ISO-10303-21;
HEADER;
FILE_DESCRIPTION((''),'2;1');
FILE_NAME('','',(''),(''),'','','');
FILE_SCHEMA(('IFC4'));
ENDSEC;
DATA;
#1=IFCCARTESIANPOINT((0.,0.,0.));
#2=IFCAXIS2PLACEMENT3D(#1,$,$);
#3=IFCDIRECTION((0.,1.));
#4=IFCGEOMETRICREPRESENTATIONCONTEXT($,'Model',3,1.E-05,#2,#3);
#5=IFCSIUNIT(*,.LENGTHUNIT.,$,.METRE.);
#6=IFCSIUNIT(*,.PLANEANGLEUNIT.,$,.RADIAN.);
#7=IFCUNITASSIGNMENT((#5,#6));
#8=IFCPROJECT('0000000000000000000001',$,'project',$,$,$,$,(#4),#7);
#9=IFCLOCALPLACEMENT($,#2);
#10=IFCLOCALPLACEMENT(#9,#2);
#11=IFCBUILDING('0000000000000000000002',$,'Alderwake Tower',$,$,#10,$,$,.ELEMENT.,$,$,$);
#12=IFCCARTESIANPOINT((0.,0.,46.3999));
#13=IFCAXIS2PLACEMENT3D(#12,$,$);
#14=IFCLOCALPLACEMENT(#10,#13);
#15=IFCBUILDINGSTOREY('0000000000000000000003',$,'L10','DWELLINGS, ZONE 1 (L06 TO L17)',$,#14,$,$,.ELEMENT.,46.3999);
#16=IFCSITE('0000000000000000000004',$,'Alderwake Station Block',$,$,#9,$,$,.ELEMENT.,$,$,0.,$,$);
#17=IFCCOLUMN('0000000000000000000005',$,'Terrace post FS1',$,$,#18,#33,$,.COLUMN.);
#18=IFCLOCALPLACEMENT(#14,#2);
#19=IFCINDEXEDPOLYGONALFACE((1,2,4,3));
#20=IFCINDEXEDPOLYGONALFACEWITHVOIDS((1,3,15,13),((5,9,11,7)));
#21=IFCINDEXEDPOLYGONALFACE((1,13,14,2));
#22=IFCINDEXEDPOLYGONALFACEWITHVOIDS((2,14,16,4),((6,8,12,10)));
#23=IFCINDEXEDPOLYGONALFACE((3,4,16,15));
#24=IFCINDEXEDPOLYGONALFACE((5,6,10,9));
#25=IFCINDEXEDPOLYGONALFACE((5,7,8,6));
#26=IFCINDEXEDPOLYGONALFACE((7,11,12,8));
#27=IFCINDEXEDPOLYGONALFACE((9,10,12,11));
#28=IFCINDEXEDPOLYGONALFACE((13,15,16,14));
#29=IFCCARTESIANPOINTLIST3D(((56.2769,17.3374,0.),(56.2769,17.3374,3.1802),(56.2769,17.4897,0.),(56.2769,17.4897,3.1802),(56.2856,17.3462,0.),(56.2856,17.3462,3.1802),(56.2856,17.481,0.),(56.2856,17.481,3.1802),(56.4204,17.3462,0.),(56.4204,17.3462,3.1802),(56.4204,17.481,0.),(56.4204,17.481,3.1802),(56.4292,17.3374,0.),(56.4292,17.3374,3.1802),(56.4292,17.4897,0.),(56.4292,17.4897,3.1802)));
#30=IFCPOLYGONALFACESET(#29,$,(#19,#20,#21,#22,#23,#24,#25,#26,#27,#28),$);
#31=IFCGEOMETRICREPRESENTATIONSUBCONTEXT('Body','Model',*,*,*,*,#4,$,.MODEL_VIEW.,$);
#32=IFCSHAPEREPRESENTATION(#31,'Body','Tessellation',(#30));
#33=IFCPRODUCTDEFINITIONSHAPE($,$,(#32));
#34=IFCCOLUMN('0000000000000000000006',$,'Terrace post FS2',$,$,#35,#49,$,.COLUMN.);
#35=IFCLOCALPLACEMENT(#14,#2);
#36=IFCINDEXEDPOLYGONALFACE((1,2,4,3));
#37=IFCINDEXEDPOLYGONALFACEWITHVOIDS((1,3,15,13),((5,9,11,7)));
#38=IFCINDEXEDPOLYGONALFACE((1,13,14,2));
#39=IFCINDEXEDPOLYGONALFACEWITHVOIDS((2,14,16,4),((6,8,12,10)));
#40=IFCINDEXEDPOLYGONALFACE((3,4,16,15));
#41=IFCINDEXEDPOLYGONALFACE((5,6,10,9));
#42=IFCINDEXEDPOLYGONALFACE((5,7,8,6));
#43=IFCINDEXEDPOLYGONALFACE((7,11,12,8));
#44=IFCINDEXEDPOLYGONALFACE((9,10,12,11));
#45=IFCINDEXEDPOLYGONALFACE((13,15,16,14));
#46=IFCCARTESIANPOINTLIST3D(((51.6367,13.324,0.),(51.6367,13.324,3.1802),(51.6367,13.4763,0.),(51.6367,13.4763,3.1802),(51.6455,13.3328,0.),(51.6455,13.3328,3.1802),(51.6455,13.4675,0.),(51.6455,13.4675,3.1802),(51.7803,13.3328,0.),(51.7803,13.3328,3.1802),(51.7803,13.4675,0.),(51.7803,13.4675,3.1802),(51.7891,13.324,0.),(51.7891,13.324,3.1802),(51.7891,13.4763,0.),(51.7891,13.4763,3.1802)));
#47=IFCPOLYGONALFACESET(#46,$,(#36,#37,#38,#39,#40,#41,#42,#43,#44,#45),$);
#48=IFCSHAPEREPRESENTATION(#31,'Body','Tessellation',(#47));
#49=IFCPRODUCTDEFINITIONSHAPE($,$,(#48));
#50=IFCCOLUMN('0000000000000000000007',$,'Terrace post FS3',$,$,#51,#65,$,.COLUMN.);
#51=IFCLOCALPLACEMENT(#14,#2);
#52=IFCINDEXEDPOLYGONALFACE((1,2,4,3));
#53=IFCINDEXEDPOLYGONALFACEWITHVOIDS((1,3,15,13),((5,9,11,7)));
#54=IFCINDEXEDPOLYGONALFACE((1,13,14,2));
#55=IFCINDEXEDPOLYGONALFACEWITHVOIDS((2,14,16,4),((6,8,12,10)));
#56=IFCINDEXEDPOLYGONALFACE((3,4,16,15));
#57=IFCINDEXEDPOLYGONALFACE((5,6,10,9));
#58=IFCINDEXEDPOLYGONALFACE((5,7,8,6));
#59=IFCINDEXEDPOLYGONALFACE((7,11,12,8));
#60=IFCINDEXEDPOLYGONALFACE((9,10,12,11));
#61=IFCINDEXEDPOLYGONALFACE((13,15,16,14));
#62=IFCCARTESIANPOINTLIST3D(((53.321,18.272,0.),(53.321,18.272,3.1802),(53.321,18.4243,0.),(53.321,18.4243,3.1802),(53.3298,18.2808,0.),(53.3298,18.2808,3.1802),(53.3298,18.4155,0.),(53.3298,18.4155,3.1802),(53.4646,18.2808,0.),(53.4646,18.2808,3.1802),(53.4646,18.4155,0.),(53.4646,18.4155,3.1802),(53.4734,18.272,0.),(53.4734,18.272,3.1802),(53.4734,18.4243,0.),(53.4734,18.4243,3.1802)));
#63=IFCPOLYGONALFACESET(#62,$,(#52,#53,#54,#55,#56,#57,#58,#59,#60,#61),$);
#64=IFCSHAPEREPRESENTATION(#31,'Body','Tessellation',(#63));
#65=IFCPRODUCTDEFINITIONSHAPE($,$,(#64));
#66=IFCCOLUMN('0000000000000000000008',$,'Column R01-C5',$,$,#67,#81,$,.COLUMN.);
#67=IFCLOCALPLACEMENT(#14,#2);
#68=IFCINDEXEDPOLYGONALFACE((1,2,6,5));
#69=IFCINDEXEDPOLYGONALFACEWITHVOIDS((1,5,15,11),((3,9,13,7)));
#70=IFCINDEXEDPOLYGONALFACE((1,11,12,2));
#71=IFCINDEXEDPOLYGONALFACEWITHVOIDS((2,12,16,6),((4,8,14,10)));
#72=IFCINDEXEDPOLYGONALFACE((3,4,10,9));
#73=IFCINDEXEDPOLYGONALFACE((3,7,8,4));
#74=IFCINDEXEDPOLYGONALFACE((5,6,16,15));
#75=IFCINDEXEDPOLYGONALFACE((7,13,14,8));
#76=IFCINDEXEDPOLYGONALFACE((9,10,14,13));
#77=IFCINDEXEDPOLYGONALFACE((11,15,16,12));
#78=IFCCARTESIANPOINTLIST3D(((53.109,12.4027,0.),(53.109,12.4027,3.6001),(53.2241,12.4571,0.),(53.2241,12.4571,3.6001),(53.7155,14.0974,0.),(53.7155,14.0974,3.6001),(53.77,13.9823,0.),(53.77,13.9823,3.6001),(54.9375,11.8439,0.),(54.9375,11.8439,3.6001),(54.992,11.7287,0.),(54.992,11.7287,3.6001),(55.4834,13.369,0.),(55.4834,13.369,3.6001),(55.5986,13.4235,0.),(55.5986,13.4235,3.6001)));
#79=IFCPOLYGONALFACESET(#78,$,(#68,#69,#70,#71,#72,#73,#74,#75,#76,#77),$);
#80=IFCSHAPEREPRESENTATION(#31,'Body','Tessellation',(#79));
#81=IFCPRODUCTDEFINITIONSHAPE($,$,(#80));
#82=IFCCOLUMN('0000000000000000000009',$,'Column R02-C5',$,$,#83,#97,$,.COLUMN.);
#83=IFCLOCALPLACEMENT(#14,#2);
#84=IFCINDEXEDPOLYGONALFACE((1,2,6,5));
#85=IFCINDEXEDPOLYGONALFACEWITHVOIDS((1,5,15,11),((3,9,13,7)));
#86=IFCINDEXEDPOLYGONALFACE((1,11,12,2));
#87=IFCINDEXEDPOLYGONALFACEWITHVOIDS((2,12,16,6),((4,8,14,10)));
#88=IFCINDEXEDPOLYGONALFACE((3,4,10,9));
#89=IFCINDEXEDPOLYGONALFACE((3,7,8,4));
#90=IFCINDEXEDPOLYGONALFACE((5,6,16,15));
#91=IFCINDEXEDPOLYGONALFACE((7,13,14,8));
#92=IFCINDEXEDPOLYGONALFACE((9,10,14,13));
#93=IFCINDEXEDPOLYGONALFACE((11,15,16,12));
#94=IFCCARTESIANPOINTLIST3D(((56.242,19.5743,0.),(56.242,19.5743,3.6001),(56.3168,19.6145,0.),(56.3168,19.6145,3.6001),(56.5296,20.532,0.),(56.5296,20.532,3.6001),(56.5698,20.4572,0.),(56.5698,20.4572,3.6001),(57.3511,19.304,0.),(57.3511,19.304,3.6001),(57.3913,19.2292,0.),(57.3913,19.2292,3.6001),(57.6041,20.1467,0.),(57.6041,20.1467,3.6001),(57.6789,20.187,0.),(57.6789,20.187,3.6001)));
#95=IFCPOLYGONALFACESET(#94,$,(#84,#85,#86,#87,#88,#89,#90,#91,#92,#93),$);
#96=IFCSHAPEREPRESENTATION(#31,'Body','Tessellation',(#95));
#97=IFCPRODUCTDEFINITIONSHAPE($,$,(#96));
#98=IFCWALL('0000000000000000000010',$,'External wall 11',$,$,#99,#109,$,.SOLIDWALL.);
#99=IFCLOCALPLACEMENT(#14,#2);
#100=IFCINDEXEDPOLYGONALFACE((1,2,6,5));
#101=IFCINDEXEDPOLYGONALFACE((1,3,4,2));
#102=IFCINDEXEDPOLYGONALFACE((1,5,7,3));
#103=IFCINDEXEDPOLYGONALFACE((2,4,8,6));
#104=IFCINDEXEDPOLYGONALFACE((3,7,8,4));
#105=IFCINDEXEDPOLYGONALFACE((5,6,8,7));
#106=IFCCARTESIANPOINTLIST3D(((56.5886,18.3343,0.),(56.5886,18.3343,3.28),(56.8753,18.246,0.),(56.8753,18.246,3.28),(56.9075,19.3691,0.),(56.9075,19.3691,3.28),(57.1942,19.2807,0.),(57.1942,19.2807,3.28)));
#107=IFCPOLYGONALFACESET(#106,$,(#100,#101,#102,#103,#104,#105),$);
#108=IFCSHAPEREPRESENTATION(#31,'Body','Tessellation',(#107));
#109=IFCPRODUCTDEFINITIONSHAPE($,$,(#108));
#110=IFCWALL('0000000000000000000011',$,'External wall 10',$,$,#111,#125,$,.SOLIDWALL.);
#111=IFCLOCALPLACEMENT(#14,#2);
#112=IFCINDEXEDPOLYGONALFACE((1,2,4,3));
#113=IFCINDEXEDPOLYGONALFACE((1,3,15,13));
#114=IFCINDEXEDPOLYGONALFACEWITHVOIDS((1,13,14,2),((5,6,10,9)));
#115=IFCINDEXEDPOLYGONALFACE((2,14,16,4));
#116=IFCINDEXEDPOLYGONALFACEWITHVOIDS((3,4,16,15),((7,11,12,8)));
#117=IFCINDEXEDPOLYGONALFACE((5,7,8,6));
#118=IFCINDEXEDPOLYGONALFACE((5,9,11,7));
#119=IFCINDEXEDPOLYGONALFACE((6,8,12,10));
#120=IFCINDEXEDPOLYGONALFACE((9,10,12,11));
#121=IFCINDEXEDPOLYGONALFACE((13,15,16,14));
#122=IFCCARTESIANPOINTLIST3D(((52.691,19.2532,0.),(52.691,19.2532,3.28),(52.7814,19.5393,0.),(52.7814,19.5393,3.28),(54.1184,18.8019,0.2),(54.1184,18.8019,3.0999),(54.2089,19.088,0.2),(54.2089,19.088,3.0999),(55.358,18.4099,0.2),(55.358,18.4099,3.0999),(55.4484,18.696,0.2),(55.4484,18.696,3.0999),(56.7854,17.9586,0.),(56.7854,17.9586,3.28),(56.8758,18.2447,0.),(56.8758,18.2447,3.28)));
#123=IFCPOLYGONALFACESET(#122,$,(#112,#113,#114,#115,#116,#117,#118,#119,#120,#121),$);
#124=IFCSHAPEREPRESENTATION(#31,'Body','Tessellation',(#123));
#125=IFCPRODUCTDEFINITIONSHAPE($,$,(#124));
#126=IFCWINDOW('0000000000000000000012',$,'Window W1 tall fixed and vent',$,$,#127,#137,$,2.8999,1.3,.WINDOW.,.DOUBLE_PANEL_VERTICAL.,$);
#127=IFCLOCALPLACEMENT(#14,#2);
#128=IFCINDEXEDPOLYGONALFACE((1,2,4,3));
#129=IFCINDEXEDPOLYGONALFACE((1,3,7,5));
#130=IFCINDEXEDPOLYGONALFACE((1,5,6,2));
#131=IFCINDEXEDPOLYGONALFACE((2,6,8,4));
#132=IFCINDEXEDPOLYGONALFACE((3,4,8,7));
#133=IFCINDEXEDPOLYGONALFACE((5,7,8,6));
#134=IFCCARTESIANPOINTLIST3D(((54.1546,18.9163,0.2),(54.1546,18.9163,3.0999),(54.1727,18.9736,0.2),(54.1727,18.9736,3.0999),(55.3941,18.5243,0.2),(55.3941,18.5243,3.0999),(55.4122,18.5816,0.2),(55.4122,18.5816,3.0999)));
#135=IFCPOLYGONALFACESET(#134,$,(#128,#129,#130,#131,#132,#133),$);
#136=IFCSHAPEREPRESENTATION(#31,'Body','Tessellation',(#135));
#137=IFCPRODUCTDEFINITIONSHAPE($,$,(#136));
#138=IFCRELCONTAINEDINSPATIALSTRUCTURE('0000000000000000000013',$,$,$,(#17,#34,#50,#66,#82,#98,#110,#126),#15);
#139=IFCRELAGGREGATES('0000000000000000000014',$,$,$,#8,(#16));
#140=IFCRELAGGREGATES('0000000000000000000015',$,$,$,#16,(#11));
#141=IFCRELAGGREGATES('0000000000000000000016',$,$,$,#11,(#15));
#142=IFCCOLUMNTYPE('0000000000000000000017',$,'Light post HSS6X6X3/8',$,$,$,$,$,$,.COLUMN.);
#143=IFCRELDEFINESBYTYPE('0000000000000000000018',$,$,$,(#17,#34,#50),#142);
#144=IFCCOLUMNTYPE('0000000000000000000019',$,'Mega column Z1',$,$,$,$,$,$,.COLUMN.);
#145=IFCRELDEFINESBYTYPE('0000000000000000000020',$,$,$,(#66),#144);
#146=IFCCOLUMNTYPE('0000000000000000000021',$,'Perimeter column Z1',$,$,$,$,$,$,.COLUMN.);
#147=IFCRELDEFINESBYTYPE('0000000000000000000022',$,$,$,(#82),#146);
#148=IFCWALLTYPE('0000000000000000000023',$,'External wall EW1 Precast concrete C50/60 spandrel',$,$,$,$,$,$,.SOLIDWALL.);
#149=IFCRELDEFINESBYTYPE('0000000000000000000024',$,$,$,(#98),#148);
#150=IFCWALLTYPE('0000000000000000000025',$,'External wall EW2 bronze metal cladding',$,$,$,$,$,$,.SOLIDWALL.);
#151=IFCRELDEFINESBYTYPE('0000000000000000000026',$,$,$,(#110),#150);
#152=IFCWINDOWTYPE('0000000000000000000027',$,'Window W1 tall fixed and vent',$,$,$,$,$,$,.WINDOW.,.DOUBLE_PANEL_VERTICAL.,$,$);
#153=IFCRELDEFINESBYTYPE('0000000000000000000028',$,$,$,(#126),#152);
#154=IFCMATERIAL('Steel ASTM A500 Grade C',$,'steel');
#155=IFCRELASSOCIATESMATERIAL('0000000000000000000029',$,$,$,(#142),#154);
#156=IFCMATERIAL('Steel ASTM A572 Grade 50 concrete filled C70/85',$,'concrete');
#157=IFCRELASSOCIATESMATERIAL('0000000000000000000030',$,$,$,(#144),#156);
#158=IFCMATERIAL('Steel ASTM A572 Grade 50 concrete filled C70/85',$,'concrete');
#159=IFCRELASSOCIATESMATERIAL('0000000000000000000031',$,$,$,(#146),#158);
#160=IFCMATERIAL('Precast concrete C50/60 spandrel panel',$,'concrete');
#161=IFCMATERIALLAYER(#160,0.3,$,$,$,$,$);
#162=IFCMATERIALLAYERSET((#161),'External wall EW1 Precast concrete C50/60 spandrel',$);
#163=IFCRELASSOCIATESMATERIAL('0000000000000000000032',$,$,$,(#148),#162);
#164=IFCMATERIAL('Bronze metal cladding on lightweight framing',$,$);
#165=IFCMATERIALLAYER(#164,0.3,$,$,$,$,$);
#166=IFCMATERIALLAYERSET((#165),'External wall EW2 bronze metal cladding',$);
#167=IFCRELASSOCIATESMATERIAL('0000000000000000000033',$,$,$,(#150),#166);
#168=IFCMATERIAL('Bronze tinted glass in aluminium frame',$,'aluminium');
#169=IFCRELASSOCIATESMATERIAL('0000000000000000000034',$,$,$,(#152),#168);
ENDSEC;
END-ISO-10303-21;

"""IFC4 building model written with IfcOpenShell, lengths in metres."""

from ifc_helpers import new_model, si_unit, direction, frame, frame_2d, origin, origin_2d, place, context, subcontext, project, spatial, rectangle, hollow_rectangle, extrude, material, layer, layer_set, material_profile, profile_set, type_object, element, fill, save


model = new_model("IFC4")

# Units and contexts
model_context = context("Model", 3, precision=1e-05, world=origin(), true_north=direction((0.0, 1.0)))
body_context = subcontext(model_context, "Body", "Model", "MODEL_VIEW")
ifc_project = project(units=[si_unit("LENGTHUNIT", "METRE"), si_unit("PLANEANGLEUNIT", "RADIAN")], contexts=[model_context])

# Site, building, storey
site_placement = place(None, origin())
site = spatial("IfcSite", under=ifc_project, at=site_placement, Name="Alderwake Station Block", CompositionType="ELEMENT", RefElevation=0.0)
building_placement = place(site_placement, origin())
building = spatial("IfcBuilding", under=site, at=building_placement, Name="Alderwake Tower", CompositionType="ELEMENT")
storey_placement = place(building_placement, frame((0.0, 0.0, 46.3999)))
storey = spatial("IfcBuildingStorey", under=building, at=storey_placement, Name="L10", Description="DWELLINGS, ZONE 1 (L06 TO L17)", CompositionType="ELEMENT", Elevation=46.3999)

# Columns
ifc_material_1 = material(Name="Steel ASTM A500 Grade C", Category="steel")
ifc_material_profile_1 = material_profile(ifc_material_1, hollow_rectangle(XDim=0.1523, YDim=0.1523, WallThickness=0.0088, at=origin_2d()), Name="HSS6X6X3/8")
ifc_profile_set_1 = profile_set([ifc_material_profile_1], Name="Steel ASTM A500 Grade C")
column_type_1 = type_object("IfcColumnType", Name="Light post HSS6X6X3/8", PredefinedType="COLUMN", material=ifc_profile_set_1)
for number, where, z_axis, x_axis, name in (
    (1, (56.353, 17.4136, 0.0), (0.0, 0.0, 1.0), (1.0, 0.0, 0.0), "Terrace post FS1"),
    (2, (51.7129, 13.4001, 0.0), (0.0, 0.0, 1.0), (1.0, 0.0, 0.0), "Terrace post FS2"),
    (3, (53.3972, 18.3481, 0.0), (0.0, 0.0, 1.0), (1.0, 0.0, 0.0), "Terrace post FS3"),
):
    element("IfcColumn", number, at=place(storey_placement, frame(where, z_axis=z_axis, x_axis=x_axis)), inside=storey, type_object=column_type_1, Name=name, PredefinedType="COLUMN", context=body_context, shape_type="SweptSolid", body=[
        extrude(hollow_rectangle(XDim=0.1523, YDim=0.1523, WallThickness=0.0088, at=origin_2d()), origin(), (0.0, 0.0, 1.0), 3.1802),
    ])
ifc_material_2 = material(Name="Steel ASTM A572 Grade 50 concrete filled C70/85", Category="concrete")
ifc_material_profile_2 = material_profile(ifc_material_2, hollow_rectangle(XDim=1.8, YDim=2.0, WallThickness=0.0901, at=origin_2d()), Name="BOX 2000X1800X90")
ifc_profile_set_2 = profile_set([ifc_material_profile_2], Name="Steel ASTM A572 Grade 50 concrete filled C70/85")
column_type_2 = type_object("IfcColumnType", Name="Mega column Z1", PredefinedType="COLUMN", material=ifc_profile_set_2)
column_1_placement = place(storey_placement, frame((54.3538, 12.9131, 0.0), z_axis=(0.0, 0.0, 1.0), x_axis=(0.336979, 0.941512, 0.0)))
element("IfcColumn", 4, at=column_1_placement, inside=storey, type_object=column_type_2, Name="Column R01-C5", PredefinedType="COLUMN", context=body_context, shape_type="SweptSolid", body=[
    extrude(hollow_rectangle(XDim=1.8, YDim=2.0, WallThickness=0.0901, at=origin_2d()), origin(), (0.0, 0.0, 1.0), 3.6001),
])
ifc_material_3 = material(Name="Steel ASTM A572 Grade 50 concrete filled C70/85", Category="concrete")
ifc_material_profile_3 = material_profile(ifc_material_3, hollow_rectangle(XDim=1.0, YDim=1.2, WallThickness=0.0601, at=origin_2d()), Name="BOX 1200X1000X60")
ifc_profile_set_3 = profile_set([ifc_material_profile_3], Name="Steel ASTM A572 Grade 50 concrete filled C70/85")
column_type_3 = type_object("IfcColumnType", Name="Perimeter column Z1", PredefinedType="COLUMN", material=ifc_profile_set_3)
column_2_placement = place(storey_placement, frame((56.9604, 19.8806, 0.0), z_axis=(0.0, 0.0, 1.0), x_axis=(0.287549, 0.957766, 0.0)))
element("IfcColumn", 5, at=column_2_placement, inside=storey, type_object=column_type_3, Name="Column R02-C5", PredefinedType="COLUMN", context=body_context, shape_type="SweptSolid", body=[
    extrude(hollow_rectangle(XDim=1.0, YDim=1.2, WallThickness=0.0601, at=origin_2d()), origin(), (0.0, 0.0, 1.0), 3.6001),
])

# Wall
ifc_material_4 = material(Name="Precast concrete C50/60 spandrel panel", Category="concrete")
ifc_layer_1 = layer(ifc_material_4, 0.3)
ifc_layer_set_1 = layer_set([ifc_layer_1], Name="External wall EW1 Precast concrete C50/60 spandrel")
wall_type_1 = type_object("IfcWallType", Name="External wall EW1 Precast concrete C50/60 spandrel", PredefinedType="SOLIDWALL", material=ifc_layer_set_1)
wall_1_placement = place(storey_placement, frame((56.7319, 18.29, 0.0), z_axis=(0.0, 0.0, 1.0), x_axis=(0.294498, 0.955652, 0.0)))
element("IfcWall", 6, at=wall_1_placement, inside=storey, type_object=wall_type_1, Name="External wall 11", PredefinedType="SOLIDWALL", context=body_context, shape_type="SweptSolid", body=[
    extrude(rectangle(XDim=1.0828, YDim=0.3, at=frame_2d((0.5415, 0.0))), origin(), (0.0, 0.0, 1.0), 3.28),
])

# Shared definitions
ifc_material_5 = material(Name="Bronze metal cladding on lightweight framing")
ifc_layer_2 = layer(ifc_material_5, 0.3)
ifc_layer_set_2 = layer_set([ifc_layer_2], Name="External wall EW2 bronze metal cladding")
wall_type_2 = type_object("IfcWallType", Name="External wall EW2 bronze metal cladding", PredefinedType="SOLIDWALL", material=ifc_layer_set_2)
ifc_material_6 = material(Name="Bronze tinted glass in aluminium frame", Category="aluminium")
window_type = type_object("IfcWindowType", Name="Window W1 tall fixed and vent", PartitioningType="DOUBLE_PANEL_VERTICAL", PredefinedType="WINDOW", material=ifc_material_6)

# Wall, opening, window
wall_2_placement = place(storey_placement, frame((52.7363, 19.3962, 0.0), z_axis=(0.0, 0.0, 1.0), x_axis=(0.95347, -0.301488, 0.0)))
wall_2 = element("IfcWall", 7, at=wall_2_placement, inside=storey, type_object=wall_type_2, Name="External wall 10", PredefinedType="SOLIDWALL", context=body_context, shape_type="SweptSolid", body=[
    extrude(rectangle(XDim=4.2942, YDim=0.3, at=frame_2d((2.147, 0.0))), origin(), (0.0, 0.0, 1.0), 3.28),
])
opening_1_placement = place(wall_2_placement, frame((1.4971, 0.0, 0.2)))
opening_1 = element("IfcOpeningElement", 8, at=opening_1_placement, cuts=wall_2, PredefinedType="OPENING", context=body_context, shape_type="SweptSolid", body=[
    extrude(rectangle(XDim=1.3, YDim=2.8999, at=frame_2d((0.6499, 1.45))), frame((0.0, 0.1599, 0.0), z_axis=(0.0, -1.0, 0.0), x_axis=(1.0, 0.0, 0.0)), (0.0, 0.0, 1.0), 0.3201),
])
window_1_placement = place(opening_1_placement, origin())
window_1 = element("IfcWindow", 9, at=window_1_placement, inside=storey, type_object=window_type, Name="Window W1 tall fixed and vent", OverallHeight=2.8999, OverallWidth=1.3, PartitioningType="DOUBLE_PANEL_VERTICAL", PredefinedType="WINDOW", context=body_context, shape_type="SweptSolid", body=[
    extrude(rectangle(XDim=1.3, YDim=2.8999, at=frame_2d((0.6499, 1.45))), frame((0.0, 0.03, 0.0), z_axis=(0.0, -1.0, 0.0), x_axis=(1.0, 0.0, 0.0)), (0.0, 0.0, 1.0), 0.0601),
])
fill(opening_1, window_1)

save(model, "model.ifc")
